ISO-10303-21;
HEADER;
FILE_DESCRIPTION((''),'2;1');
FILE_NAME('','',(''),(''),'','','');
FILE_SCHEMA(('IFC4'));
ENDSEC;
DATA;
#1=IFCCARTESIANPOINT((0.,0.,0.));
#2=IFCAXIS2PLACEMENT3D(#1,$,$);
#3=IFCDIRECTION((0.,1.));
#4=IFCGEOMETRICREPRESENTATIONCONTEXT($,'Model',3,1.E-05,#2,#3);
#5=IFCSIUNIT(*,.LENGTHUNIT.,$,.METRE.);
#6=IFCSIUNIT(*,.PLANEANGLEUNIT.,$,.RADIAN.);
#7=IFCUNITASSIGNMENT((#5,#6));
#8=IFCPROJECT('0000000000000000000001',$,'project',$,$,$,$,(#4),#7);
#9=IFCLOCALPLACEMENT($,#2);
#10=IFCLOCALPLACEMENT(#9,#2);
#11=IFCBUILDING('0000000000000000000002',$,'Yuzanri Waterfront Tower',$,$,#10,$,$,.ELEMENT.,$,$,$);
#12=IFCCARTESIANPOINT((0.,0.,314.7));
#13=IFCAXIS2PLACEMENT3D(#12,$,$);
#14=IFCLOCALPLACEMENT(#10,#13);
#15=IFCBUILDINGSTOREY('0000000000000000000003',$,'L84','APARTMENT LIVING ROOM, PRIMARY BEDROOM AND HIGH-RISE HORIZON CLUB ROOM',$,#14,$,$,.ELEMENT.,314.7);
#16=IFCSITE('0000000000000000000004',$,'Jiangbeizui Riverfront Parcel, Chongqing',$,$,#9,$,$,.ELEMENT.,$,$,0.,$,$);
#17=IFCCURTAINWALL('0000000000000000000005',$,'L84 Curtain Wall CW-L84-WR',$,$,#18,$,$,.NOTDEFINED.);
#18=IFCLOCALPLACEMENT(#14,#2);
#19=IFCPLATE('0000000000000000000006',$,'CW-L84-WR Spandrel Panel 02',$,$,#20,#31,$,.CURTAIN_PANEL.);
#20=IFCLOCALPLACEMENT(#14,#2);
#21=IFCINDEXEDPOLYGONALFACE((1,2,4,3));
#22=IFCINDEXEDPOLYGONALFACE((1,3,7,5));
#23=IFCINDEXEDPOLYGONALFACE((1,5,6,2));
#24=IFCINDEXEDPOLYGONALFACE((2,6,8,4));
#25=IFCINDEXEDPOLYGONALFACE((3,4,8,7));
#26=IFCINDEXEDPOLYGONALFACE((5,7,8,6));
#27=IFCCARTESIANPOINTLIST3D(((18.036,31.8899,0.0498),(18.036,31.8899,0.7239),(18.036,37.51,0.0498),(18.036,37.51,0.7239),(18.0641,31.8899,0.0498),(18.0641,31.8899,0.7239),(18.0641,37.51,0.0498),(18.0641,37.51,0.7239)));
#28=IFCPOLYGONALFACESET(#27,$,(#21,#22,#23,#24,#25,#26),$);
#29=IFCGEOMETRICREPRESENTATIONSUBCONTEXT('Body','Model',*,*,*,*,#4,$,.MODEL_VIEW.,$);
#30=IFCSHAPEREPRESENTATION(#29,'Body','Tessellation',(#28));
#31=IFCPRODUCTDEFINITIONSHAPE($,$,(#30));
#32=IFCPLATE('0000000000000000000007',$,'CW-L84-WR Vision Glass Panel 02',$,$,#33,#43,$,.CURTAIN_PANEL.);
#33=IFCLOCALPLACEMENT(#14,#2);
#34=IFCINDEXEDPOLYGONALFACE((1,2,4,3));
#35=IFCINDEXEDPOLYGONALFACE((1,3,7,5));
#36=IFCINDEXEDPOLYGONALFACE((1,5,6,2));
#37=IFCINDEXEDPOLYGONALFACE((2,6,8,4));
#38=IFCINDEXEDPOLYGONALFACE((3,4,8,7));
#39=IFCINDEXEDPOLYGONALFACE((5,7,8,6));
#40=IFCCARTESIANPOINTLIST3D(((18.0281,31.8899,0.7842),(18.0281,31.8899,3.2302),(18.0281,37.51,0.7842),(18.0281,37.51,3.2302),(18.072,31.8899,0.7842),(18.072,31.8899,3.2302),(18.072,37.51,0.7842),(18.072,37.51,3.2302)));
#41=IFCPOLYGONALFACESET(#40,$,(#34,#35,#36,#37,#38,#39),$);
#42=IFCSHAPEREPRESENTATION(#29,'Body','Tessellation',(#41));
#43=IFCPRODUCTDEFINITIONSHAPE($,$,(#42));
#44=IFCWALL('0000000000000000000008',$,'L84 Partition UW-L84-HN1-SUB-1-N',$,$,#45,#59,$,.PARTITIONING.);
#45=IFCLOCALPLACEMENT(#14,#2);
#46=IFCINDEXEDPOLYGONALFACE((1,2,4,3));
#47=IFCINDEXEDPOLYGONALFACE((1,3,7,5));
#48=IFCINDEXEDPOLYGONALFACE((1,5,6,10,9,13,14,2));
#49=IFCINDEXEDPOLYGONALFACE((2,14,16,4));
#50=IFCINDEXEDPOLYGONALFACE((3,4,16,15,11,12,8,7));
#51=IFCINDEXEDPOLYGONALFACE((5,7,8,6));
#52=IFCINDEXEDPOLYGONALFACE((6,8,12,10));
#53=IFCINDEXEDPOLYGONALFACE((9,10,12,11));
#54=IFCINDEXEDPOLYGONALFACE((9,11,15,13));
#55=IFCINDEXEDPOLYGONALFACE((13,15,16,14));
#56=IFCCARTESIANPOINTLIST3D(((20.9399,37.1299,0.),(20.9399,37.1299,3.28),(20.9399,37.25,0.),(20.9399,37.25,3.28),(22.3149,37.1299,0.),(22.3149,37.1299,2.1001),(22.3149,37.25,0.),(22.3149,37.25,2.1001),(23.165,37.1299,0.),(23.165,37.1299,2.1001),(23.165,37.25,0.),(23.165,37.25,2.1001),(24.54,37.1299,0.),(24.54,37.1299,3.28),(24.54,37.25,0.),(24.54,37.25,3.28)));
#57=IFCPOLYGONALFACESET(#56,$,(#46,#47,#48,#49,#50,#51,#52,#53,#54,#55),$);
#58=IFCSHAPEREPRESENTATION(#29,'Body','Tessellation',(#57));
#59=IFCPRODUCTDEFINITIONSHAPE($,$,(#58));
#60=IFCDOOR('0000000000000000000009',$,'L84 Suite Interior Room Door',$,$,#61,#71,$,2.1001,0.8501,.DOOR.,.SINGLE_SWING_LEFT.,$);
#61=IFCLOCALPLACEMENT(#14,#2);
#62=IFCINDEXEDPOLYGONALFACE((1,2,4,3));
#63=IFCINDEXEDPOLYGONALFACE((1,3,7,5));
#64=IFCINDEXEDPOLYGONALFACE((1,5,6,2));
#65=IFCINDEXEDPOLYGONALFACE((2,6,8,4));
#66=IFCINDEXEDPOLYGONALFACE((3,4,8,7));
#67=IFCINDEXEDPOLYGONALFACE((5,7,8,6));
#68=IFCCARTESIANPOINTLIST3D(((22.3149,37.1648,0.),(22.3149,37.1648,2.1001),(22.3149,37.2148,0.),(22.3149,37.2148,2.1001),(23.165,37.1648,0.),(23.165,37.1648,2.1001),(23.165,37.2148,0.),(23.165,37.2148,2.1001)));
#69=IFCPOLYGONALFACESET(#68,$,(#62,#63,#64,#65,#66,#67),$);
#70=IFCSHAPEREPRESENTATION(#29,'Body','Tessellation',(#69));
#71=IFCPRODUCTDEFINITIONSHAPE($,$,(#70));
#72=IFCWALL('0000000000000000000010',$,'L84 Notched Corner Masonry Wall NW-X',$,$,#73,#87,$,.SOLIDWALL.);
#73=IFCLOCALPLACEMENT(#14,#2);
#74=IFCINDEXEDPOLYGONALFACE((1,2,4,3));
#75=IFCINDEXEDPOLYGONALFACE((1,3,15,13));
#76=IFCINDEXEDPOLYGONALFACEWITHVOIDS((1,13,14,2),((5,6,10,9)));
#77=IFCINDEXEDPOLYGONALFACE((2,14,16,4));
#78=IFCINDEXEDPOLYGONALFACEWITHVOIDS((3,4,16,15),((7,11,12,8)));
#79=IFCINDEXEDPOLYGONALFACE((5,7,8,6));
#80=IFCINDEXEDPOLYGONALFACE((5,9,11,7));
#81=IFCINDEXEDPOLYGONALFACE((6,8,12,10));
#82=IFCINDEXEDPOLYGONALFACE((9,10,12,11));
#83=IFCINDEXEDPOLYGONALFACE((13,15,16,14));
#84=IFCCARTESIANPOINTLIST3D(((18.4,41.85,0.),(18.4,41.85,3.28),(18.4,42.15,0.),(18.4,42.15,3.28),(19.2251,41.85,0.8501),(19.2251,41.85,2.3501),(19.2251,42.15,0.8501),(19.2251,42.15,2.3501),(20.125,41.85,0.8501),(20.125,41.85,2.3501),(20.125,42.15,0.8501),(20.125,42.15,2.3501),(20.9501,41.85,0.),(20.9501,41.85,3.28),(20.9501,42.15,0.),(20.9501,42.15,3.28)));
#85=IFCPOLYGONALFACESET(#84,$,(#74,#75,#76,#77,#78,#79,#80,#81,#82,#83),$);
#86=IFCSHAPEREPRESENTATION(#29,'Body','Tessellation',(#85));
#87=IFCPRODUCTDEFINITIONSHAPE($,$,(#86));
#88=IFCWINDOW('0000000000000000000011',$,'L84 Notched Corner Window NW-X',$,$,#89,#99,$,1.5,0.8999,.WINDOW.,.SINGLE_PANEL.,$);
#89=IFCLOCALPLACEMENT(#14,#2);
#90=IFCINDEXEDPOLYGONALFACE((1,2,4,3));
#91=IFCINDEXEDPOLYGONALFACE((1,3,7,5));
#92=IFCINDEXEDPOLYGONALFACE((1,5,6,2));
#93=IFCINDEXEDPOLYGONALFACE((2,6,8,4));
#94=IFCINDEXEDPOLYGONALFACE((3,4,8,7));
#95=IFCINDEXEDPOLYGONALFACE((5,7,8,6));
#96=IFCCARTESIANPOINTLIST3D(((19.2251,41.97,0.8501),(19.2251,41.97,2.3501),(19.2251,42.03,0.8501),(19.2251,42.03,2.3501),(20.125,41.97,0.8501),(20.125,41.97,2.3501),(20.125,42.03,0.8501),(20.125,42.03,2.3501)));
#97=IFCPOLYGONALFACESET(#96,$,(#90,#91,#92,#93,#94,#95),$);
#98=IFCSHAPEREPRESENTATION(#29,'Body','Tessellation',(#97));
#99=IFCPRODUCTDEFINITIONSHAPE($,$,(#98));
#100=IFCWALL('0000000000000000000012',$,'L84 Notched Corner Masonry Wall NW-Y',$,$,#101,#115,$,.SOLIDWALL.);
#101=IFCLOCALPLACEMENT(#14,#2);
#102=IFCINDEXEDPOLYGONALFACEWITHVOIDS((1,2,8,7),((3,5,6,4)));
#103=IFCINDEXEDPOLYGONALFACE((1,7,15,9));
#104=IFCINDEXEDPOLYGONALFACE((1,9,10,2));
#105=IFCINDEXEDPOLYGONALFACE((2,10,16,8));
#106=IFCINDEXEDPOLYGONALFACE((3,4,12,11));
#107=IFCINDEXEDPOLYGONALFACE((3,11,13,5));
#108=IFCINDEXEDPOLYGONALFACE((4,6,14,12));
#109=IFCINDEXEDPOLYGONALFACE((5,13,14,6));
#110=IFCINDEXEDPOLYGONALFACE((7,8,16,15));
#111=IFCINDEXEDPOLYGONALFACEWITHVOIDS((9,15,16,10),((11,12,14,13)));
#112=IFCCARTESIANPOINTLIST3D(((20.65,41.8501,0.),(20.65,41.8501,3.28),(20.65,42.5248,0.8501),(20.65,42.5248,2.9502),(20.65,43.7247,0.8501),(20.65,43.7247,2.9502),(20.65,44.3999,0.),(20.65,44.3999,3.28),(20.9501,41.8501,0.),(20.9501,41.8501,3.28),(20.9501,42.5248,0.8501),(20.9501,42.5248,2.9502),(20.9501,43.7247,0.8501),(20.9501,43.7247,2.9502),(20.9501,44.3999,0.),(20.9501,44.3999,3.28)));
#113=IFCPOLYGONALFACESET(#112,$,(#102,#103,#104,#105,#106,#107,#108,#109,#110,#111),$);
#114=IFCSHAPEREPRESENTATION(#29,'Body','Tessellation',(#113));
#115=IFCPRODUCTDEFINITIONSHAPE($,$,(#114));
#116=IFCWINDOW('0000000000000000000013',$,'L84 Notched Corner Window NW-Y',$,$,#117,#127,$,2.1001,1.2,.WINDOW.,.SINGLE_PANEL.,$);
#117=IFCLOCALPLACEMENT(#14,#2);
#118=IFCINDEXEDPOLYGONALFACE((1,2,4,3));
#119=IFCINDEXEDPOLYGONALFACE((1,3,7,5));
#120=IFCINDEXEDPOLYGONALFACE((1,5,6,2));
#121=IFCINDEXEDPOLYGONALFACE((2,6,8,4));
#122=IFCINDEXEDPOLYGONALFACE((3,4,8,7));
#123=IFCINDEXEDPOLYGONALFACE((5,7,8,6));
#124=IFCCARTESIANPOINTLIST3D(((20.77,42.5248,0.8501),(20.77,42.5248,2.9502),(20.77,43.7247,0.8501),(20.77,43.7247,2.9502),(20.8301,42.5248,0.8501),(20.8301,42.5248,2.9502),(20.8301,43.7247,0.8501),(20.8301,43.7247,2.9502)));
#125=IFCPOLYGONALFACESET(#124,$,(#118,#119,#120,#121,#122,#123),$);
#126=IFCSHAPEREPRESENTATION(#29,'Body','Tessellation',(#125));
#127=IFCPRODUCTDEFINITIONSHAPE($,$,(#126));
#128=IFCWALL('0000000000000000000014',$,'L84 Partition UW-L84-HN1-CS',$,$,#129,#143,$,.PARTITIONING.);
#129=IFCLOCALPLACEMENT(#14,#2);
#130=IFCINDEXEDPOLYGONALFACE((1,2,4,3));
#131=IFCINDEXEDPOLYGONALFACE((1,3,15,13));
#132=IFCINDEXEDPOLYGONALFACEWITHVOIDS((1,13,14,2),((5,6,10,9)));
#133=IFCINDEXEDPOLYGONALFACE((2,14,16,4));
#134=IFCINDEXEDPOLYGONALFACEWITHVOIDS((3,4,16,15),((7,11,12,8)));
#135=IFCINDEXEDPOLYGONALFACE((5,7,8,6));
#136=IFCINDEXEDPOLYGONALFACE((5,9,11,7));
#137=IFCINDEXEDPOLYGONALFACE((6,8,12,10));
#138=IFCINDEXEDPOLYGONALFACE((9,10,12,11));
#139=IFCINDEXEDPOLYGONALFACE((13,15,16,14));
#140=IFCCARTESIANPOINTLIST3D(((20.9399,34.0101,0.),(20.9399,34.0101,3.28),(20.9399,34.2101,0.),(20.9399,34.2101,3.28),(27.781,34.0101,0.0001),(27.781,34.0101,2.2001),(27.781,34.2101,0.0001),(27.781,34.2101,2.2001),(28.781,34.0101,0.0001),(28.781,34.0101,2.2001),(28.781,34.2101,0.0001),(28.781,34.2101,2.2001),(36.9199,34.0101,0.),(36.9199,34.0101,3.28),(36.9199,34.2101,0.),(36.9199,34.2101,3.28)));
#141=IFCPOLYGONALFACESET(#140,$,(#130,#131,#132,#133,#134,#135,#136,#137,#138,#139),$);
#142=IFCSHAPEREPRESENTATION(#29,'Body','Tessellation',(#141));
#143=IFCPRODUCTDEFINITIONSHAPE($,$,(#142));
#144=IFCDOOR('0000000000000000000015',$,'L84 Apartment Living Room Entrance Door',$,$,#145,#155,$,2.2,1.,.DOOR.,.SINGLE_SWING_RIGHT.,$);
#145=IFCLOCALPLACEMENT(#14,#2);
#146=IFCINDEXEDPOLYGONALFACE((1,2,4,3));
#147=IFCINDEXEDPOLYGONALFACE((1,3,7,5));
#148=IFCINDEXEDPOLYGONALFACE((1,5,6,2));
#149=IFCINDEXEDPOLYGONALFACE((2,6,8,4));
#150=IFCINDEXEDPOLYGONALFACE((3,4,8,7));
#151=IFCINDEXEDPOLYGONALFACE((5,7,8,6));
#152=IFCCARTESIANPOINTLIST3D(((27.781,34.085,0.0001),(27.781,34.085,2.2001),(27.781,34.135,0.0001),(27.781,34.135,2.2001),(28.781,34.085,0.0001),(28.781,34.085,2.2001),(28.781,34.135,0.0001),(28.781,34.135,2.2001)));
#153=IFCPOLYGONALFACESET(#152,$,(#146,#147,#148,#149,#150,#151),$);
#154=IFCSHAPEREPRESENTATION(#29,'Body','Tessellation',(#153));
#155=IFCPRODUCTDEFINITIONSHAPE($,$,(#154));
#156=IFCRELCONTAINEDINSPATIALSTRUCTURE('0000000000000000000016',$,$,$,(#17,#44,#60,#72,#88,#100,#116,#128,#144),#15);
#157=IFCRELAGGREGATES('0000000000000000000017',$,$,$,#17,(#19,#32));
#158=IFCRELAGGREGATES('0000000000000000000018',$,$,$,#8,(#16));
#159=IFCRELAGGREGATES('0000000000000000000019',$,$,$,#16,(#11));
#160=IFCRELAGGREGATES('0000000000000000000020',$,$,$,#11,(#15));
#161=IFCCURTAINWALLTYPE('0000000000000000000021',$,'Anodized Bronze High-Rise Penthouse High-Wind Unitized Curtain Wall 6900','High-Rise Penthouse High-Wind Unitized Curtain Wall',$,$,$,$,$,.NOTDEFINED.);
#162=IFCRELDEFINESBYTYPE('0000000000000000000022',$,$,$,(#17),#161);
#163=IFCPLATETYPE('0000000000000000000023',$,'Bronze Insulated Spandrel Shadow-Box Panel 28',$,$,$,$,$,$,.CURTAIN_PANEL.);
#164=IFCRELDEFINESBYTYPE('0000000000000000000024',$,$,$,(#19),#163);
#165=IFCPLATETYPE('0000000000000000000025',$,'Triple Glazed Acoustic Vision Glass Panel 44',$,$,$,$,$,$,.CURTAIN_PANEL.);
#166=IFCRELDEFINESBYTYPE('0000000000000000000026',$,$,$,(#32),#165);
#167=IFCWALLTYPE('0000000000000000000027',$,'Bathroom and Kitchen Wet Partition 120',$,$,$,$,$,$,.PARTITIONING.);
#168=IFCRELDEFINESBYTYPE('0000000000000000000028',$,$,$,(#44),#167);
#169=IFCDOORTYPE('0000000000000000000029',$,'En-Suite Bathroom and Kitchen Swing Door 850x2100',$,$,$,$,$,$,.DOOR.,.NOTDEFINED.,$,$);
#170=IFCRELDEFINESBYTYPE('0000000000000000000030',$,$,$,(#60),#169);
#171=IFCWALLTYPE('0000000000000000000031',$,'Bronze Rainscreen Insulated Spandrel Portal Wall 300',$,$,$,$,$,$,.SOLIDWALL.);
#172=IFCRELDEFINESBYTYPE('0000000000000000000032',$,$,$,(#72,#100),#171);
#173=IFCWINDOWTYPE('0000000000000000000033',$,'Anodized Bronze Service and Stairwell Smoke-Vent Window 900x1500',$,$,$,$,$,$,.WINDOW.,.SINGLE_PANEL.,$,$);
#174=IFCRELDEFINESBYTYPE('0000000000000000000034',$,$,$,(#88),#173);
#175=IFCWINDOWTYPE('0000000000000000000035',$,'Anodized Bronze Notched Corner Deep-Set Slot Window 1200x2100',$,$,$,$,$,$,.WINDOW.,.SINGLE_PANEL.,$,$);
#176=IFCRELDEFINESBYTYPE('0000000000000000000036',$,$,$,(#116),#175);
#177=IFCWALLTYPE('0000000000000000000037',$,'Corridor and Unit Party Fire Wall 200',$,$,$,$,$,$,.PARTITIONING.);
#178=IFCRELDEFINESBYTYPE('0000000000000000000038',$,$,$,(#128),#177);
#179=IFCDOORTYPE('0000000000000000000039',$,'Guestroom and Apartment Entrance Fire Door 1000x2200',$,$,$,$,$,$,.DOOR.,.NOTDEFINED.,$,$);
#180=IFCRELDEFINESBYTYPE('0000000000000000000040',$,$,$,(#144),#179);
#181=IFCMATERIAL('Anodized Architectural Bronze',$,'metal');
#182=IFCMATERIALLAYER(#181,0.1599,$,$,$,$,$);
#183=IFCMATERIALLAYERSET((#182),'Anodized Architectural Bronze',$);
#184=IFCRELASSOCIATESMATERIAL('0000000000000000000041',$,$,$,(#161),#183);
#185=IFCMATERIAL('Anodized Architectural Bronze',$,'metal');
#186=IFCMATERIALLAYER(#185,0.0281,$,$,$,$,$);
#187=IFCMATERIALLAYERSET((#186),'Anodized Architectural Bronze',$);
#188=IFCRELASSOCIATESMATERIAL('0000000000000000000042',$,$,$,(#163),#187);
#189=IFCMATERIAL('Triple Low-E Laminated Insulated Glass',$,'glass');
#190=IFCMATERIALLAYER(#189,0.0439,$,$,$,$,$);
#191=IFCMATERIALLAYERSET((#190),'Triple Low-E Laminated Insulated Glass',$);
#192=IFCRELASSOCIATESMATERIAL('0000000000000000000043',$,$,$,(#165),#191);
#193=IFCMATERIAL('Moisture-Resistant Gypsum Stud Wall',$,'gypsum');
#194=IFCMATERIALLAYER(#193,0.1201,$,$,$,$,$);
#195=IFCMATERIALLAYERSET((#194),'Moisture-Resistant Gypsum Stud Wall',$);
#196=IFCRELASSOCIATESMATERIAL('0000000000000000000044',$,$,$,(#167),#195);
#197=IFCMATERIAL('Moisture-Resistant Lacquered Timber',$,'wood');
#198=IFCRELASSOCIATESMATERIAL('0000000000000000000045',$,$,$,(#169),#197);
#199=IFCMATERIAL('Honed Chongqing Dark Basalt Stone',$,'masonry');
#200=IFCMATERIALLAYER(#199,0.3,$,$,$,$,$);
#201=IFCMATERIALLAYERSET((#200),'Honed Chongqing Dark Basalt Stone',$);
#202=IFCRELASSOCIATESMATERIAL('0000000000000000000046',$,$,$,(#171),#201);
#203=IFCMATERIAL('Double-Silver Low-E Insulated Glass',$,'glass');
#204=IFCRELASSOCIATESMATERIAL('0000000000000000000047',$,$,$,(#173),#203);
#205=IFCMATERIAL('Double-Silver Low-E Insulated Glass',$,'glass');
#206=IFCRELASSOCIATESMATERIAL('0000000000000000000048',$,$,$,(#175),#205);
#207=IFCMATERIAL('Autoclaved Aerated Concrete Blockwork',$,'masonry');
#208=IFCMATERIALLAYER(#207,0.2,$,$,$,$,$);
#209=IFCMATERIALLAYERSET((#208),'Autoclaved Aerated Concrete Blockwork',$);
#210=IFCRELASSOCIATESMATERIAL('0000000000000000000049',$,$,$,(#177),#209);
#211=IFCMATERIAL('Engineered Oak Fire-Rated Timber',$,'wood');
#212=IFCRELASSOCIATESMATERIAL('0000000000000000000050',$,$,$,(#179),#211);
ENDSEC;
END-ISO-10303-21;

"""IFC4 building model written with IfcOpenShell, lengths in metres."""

from ifc_helpers import new_model, si_unit, direction, frame, frame_2d, origin, origin_2d, place, context, subcontext, project, spatial, rectangle, extrude, source, transform, mapped, material, layer, layer_set, type_object, element, fill, aggregate, save


model = new_model("IFC4")

# Units and contexts
model_context = context("Model", 3, precision=1e-05, world=origin(), true_north=direction((0.0, 1.0)))
body_context = subcontext(model_context, "Body", "Model", "MODEL_VIEW")
ifc_project = project(units=[si_unit("LENGTHUNIT", "METRE"), si_unit("PLANEANGLEUNIT", "RADIAN")], contexts=[model_context])

# Site, building, storey
site_placement = place(None, origin())
site = spatial("IfcSite", under=ifc_project, at=site_placement, Name="Jiangbeizui Riverfront Parcel, Chongqing", CompositionType="ELEMENT", RefElevation=0.0)
building_placement = place(site_placement, origin())
building = spatial("IfcBuilding", under=site, at=building_placement, Name="Yuzanri Waterfront Tower", CompositionType="ELEMENT")
storey_placement = place(building_placement, frame((0.0, 0.0, 314.7)))
storey = spatial("IfcBuildingStorey", under=building, at=storey_placement, Name="L84", Description="APARTMENT LIVING ROOM, PRIMARY BEDROOM AND HIGH-RISE HORIZON CLUB ROOM", CompositionType="ELEMENT", Elevation=314.7)

# Curtain wall
ifc_material_1 = material(Name="Anodized Architectural Bronze", Category="metal")
ifc_layer_1 = layer(ifc_material_1, 0.1599)
ifc_layer_set_1 = layer_set([ifc_layer_1], Name="Anodized Architectural Bronze")
curtain_wall_type = type_object("IfcCurtainWallType", Name="Anodized Bronze High-Rise Penthouse High-Wind Unitized Curtain Wall 6900", Description="High-Rise Penthouse High-Wind Unitized Curtain Wall", PredefinedType="NOTDEFINED", material=ifc_layer_set_1)
curtain_wall_placement = place(storey_placement, origin())
curtain_wall = element("IfcCurtainWall", 1, at=curtain_wall_placement, inside=storey, type_object=curtain_wall_type, Name="L84 Curtain Wall CW-L84-WR", PredefinedType="NOTDEFINED")

# Plates
ifc_material_2 = material(Name="Anodized Architectural Bronze", Category="metal")
ifc_layer_2 = layer(ifc_material_2, 0.0281)
ifc_layer_set_2 = layer_set([ifc_layer_2], Name="Anodized Architectural Bronze")
plate_type_1 = type_object("IfcPlateType", Name="Bronze Insulated Spandrel Shadow-Box Panel 28", PredefinedType="CURTAIN_PANEL", material=ifc_layer_set_2)
shared_shape_1 = source(origin(), body_context, "Body", "SweptSolid", [
    extrude(rectangle(XDim=5.6201, YDim=0.0281, at=origin_2d()), origin(), (0.0, 0.0, 1.0), 0.6741),
])
plate_1_placement = place(storey_placement, frame((18.05, 34.7, 0.0498), z_axis=(0.0, 0.0, 1.0), x_axis=(0.0, 1.0, 0.0)))
plate_1 = element("IfcPlate", 2, at=plate_1_placement, type_object=plate_type_1, Name="CW-L84-WR Spandrel Panel 02", PredefinedType="CURTAIN_PANEL", context=body_context, shape_type="MappedRepresentation", body=[
    mapped(shared_shape_1, transform((0.0, 0.0, 0.0), scale=1.0)),
])
ifc_material_3 = material(Name="Triple Low-E Laminated Insulated Glass", Category="glass")
ifc_layer_3 = layer(ifc_material_3, 0.0439)
ifc_layer_set_3 = layer_set([ifc_layer_3], Name="Triple Low-E Laminated Insulated Glass")
plate_type_2 = type_object("IfcPlateType", Name="Triple Glazed Acoustic Vision Glass Panel 44", PredefinedType="CURTAIN_PANEL", material=ifc_layer_set_3)
shared_shape_2 = source(origin(), body_context, "Body", "SweptSolid", [
    extrude(rectangle(XDim=5.6201, YDim=0.0439, at=origin_2d()), origin(), (0.0, 0.0, 1.0), 2.446),
])
plate_2_placement = place(storey_placement, frame((18.05, 34.7, 0.7842), z_axis=(0.0, 0.0, 1.0), x_axis=(0.0, 1.0, 0.0)))
plate_2 = element("IfcPlate", 3, at=plate_2_placement, type_object=plate_type_2, Name="CW-L84-WR Vision Glass Panel 02", PredefinedType="CURTAIN_PANEL", context=body_context, shape_type="MappedRepresentation", body=[
    mapped(shared_shape_2, transform((0.0, 0.0, 0.0), scale=1.0)),
])
aggregate(curtain_wall, [plate_1, plate_2])

# Wall, opening, door
ifc_material_4 = material(Name="Moisture-Resistant Gypsum Stud Wall", Category="gypsum")
ifc_layer_4 = layer(ifc_material_4, 0.1201)
ifc_layer_set_4 = layer_set([ifc_layer_4], Name="Moisture-Resistant Gypsum Stud Wall")
wall_type_1 = type_object("IfcWallType", Name="Bathroom and Kitchen Wet Partition 120", PredefinedType="PARTITIONING", material=ifc_layer_set_4)
wall_1_placement = place(storey_placement, frame((20.9399, 37.1899, 0.0), z_axis=(0.0, 0.0, 1.0), x_axis=(1.0, 0.0, 0.0)))
wall_1 = element("IfcWall", 4, at=wall_1_placement, inside=storey, type_object=wall_type_1, Name="L84 Partition UW-L84-HN1-SUB-1-N", PredefinedType="PARTITIONING", context=body_context, shape_type="SweptSolid", body=[
    extrude(rectangle(XDim=3.6001, YDim=0.1201, at=frame_2d((1.8, 0.0))), origin(), (0.0, 0.0, 1.0), 3.28),
])
opening_1_placement = place(wall_1_placement, frame((1.375, 0.0, 0.0)))
opening_1 = element("IfcOpeningElement", 5, at=opening_1_placement, cuts=wall_1, PredefinedType="OPENING", context=body_context, shape_type="SweptSolid", body=[
    extrude(rectangle(XDim=0.8501, YDim=2.1001, at=frame_2d((0.425, 1.05))), frame((0.0, 0.075, 0.0), z_axis=(0.0, -1.0, 0.0), x_axis=(1.0, 0.0, 0.0)), (0.0, 0.0, 1.0), 0.1499),
])
ifc_material_5 = material(Name="Moisture-Resistant Lacquered Timber", Category="wood")
door_type_1 = type_object("IfcDoorType", Name="En-Suite Bathroom and Kitchen Swing Door 850x2100", OperationType="NOTDEFINED", PredefinedType="DOOR", material=ifc_material_5)
shared_shape_3 = source(origin(), body_context, "Body", "SweptSolid", [
    extrude(rectangle(XDim=0.8501, YDim=2.1001, at=frame_2d((0.425, 1.05))), frame((0.0, 0.0249, 0.0), z_axis=(0.0, -1.0, 0.0), x_axis=(1.0, 0.0, 0.0)), (0.0, 0.0, 1.0), 0.05),
])
door_1_placement = place(opening_1_placement, origin())
door_1 = element("IfcDoor", 6, at=door_1_placement, inside=storey, type_object=door_type_1, Name="L84 Suite Interior Room Door", OperationType="SINGLE_SWING_LEFT", OverallHeight=2.1001, OverallWidth=0.8501, PredefinedType="DOOR", context=body_context, shape_type="MappedRepresentation", body=[
    mapped(shared_shape_3, transform((0.0, 0.0, 0.0), scale=1.0)),
])
fill(opening_1, door_1)

# Walls, openings, windows
ifc_material_6 = material(Name="Honed Chongqing Dark Basalt Stone", Category="masonry")
ifc_layer_5 = layer(ifc_material_6, 0.3)
ifc_layer_set_5 = layer_set([ifc_layer_5], Name="Honed Chongqing Dark Basalt Stone")
wall_type_2 = type_object("IfcWallType", Name="Bronze Rainscreen Insulated Spandrel Portal Wall 300", PredefinedType="SOLIDWALL", material=ifc_layer_set_5)
wall_2_placement = place(storey_placement, frame((20.95, 42.0, 0.0), z_axis=(0.0, 0.0, 1.0), x_axis=(-1.0, 0.0, 0.0)))
wall_2 = element("IfcWall", 7, at=wall_2_placement, inside=storey, type_object=wall_type_2, Name="L84 Notched Corner Masonry Wall NW-X", PredefinedType="SOLIDWALL", context=body_context, shape_type="SweptSolid", body=[
    extrude(rectangle(XDim=2.55, YDim=0.3, at=frame_2d((1.2749, 0.0))), origin(), (0.0, 0.0, 1.0), 3.28),
])
opening_2_placement = place(wall_2_placement, frame((0.825, 0.0, 0.8501)))
opening_2 = element("IfcOpeningElement", 8, at=opening_2_placement, cuts=wall_2, PredefinedType="OPENING", context=body_context, shape_type="SweptSolid", body=[
    extrude(rectangle(XDim=0.8999, YDim=1.5, at=frame_2d((0.45, 0.75))), frame((0.0, 0.165, 0.0), z_axis=(0.0, -1.0, 0.0), x_axis=(1.0, 0.0, 0.0)), (0.0, 0.0, 1.0), 0.3298),
])
ifc_material_7 = material(Name="Double-Silver Low-E Insulated Glass", Category="glass")
window_type_1 = type_object("IfcWindowType", Name="Anodized Bronze Service and Stairwell Smoke-Vent Window 900x1500", PartitioningType="SINGLE_PANEL", PredefinedType="WINDOW", material=ifc_material_7)
shared_shape_4 = source(origin(), body_context, "Body", "SweptSolid", [
    extrude(rectangle(XDim=0.8999, YDim=1.5, at=frame_2d((0.45, 0.75))), frame((0.0, 0.03, 0.0), z_axis=(0.0, -1.0, 0.0), x_axis=(1.0, 0.0, 0.0)), (0.0, 0.0, 1.0), 0.0601),
])
window_1_placement = place(opening_2_placement, origin())
window_1 = element("IfcWindow", 9, at=window_1_placement, inside=storey, type_object=window_type_1, Name="L84 Notched Corner Window NW-X", OverallHeight=1.5, OverallWidth=0.8999, PartitioningType="SINGLE_PANEL", PredefinedType="WINDOW", context=body_context, shape_type="MappedRepresentation", body=[
    mapped(shared_shape_4, transform((0.0, 0.0, 0.0), scale=1.0)),
])
fill(opening_2, window_1)
wall_3_placement = place(storey_placement, frame((20.8, 44.3999, 0.0), z_axis=(0.0, 0.0, 1.0), x_axis=(0.0, -1.0, 0.0)))
wall_3 = element("IfcWall", 10, at=wall_3_placement, inside=storey, type_object=wall_type_2, Name="L84 Notched Corner Masonry Wall NW-Y", PredefinedType="SOLIDWALL", context=body_context, shape_type="SweptSolid", body=[
    extrude(rectangle(XDim=2.5498, YDim=0.3, at=frame_2d((1.2749, 0.0))), origin(), (0.0, 0.0, 1.0), 3.28),
])
opening_3_placement = place(wall_3_placement, frame((0.675, 0.0, 0.8501)))
opening_3 = element("IfcOpeningElement", 11, at=opening_3_placement, cuts=wall_3, PredefinedType="OPENING", context=body_context, shape_type="SweptSolid", body=[
    extrude(rectangle(XDim=1.2, YDim=2.1001, at=frame_2d((0.6001, 1.05))), frame((0.0, 0.165, 0.0), z_axis=(0.0, -1.0, 0.0), x_axis=(1.0, 0.0, 0.0)), (0.0, 0.0, 1.0), 0.3298),
])
ifc_material_8 = material(Name="Double-Silver Low-E Insulated Glass", Category="glass")
window_type_2 = type_object("IfcWindowType", Name="Anodized Bronze Notched Corner Deep-Set Slot Window 1200x2100", PartitioningType="SINGLE_PANEL", PredefinedType="WINDOW", material=ifc_material_8)
shared_shape_5 = source(origin(), body_context, "Body", "SweptSolid", [
    extrude(rectangle(XDim=1.2, YDim=2.1001, at=frame_2d((0.6001, 1.05))), frame((0.0, 0.03, 0.0), z_axis=(0.0, -1.0, 0.0), x_axis=(1.0, 0.0, 0.0)), (0.0, 0.0, 1.0), 0.0601),
])
window_2_placement = place(opening_3_placement, origin())
window_2 = element("IfcWindow", 12, at=window_2_placement, inside=storey, type_object=window_type_2, Name="L84 Notched Corner Window NW-Y", OverallHeight=2.1001, OverallWidth=1.2, PartitioningType="SINGLE_PANEL", PredefinedType="WINDOW", context=body_context, shape_type="MappedRepresentation", body=[
    mapped(shared_shape_5, transform((0.0, 0.0, 0.0), scale=1.0)),
])
fill(opening_3, window_2)

# Wall, opening, door
ifc_material_9 = material(Name="Autoclaved Aerated Concrete Blockwork", Category="masonry")
ifc_layer_6 = layer(ifc_material_9, 0.2)
ifc_layer_set_6 = layer_set([ifc_layer_6], Name="Autoclaved Aerated Concrete Blockwork")
wall_type_3 = type_object("IfcWallType", Name="Corridor and Unit Party Fire Wall 200", PredefinedType="PARTITIONING", material=ifc_layer_set_6)
wall_4_placement = place(storey_placement, frame((20.9399, 34.1101, 0.0), z_axis=(0.0, 0.0, 1.0), x_axis=(1.0, 0.0, 0.0)))
wall_4 = element("IfcWall", 13, at=wall_4_placement, inside=storey, type_object=wall_type_3, Name="L84 Partition UW-L84-HN1-CS", PredefinedType="PARTITIONING", context=body_context, shape_type="SweptSolid", body=[
    extrude(rectangle(XDim=15.98, YDim=0.2, at=frame_2d((7.99, 0.0))), origin(), (0.0, 0.0, 1.0), 3.28),
])
opening_4_placement = place(wall_4_placement, frame((6.8411, 0.0, 0.0)))
opening_4 = element("IfcOpeningElement", 14, at=opening_4_placement, cuts=wall_4, PredefinedType="OPENING", context=body_context, shape_type="SweptSolid", body=[
    extrude(rectangle(XDim=1.0, YDim=2.2, at=frame_2d((0.5, 1.1001))), frame((0.0, 0.1147, 0.0), z_axis=(0.0, -1.0, 0.0), x_axis=(1.0, 0.0, 0.0)), (0.0, 0.0, 1.0), 0.2297),
])
ifc_material_10 = material(Name="Engineered Oak Fire-Rated Timber", Category="wood")
door_type_2 = type_object("IfcDoorType", Name="Guestroom and Apartment Entrance Fire Door 1000x2200", OperationType="NOTDEFINED", PredefinedType="DOOR", material=ifc_material_10)
shared_shape_6 = source(origin(), body_context, "Body", "SweptSolid", [
    extrude(rectangle(XDim=1.0, YDim=2.2, at=frame_2d((0.5, 1.1001))), frame((0.0, 0.0249, 0.0), z_axis=(0.0, -1.0, 0.0), x_axis=(1.0, 0.0, 0.0)), (0.0, 0.0, 1.0), 0.05),
])
door_2_placement = place(opening_4_placement, origin())
door_2 = element("IfcDoor", 15, at=door_2_placement, inside=storey, type_object=door_type_2, Name="L84 Apartment Living Room Entrance Door", OperationType="SINGLE_SWING_RIGHT", OverallHeight=2.2, OverallWidth=1.0, PredefinedType="DOOR", context=body_context, shape_type="MappedRepresentation", body=[
    mapped(shared_shape_6, transform((0.0, 0.0, 0.0), scale=1.0)),
])
fill(opening_4, door_2)

save(model, "model.ifc")
